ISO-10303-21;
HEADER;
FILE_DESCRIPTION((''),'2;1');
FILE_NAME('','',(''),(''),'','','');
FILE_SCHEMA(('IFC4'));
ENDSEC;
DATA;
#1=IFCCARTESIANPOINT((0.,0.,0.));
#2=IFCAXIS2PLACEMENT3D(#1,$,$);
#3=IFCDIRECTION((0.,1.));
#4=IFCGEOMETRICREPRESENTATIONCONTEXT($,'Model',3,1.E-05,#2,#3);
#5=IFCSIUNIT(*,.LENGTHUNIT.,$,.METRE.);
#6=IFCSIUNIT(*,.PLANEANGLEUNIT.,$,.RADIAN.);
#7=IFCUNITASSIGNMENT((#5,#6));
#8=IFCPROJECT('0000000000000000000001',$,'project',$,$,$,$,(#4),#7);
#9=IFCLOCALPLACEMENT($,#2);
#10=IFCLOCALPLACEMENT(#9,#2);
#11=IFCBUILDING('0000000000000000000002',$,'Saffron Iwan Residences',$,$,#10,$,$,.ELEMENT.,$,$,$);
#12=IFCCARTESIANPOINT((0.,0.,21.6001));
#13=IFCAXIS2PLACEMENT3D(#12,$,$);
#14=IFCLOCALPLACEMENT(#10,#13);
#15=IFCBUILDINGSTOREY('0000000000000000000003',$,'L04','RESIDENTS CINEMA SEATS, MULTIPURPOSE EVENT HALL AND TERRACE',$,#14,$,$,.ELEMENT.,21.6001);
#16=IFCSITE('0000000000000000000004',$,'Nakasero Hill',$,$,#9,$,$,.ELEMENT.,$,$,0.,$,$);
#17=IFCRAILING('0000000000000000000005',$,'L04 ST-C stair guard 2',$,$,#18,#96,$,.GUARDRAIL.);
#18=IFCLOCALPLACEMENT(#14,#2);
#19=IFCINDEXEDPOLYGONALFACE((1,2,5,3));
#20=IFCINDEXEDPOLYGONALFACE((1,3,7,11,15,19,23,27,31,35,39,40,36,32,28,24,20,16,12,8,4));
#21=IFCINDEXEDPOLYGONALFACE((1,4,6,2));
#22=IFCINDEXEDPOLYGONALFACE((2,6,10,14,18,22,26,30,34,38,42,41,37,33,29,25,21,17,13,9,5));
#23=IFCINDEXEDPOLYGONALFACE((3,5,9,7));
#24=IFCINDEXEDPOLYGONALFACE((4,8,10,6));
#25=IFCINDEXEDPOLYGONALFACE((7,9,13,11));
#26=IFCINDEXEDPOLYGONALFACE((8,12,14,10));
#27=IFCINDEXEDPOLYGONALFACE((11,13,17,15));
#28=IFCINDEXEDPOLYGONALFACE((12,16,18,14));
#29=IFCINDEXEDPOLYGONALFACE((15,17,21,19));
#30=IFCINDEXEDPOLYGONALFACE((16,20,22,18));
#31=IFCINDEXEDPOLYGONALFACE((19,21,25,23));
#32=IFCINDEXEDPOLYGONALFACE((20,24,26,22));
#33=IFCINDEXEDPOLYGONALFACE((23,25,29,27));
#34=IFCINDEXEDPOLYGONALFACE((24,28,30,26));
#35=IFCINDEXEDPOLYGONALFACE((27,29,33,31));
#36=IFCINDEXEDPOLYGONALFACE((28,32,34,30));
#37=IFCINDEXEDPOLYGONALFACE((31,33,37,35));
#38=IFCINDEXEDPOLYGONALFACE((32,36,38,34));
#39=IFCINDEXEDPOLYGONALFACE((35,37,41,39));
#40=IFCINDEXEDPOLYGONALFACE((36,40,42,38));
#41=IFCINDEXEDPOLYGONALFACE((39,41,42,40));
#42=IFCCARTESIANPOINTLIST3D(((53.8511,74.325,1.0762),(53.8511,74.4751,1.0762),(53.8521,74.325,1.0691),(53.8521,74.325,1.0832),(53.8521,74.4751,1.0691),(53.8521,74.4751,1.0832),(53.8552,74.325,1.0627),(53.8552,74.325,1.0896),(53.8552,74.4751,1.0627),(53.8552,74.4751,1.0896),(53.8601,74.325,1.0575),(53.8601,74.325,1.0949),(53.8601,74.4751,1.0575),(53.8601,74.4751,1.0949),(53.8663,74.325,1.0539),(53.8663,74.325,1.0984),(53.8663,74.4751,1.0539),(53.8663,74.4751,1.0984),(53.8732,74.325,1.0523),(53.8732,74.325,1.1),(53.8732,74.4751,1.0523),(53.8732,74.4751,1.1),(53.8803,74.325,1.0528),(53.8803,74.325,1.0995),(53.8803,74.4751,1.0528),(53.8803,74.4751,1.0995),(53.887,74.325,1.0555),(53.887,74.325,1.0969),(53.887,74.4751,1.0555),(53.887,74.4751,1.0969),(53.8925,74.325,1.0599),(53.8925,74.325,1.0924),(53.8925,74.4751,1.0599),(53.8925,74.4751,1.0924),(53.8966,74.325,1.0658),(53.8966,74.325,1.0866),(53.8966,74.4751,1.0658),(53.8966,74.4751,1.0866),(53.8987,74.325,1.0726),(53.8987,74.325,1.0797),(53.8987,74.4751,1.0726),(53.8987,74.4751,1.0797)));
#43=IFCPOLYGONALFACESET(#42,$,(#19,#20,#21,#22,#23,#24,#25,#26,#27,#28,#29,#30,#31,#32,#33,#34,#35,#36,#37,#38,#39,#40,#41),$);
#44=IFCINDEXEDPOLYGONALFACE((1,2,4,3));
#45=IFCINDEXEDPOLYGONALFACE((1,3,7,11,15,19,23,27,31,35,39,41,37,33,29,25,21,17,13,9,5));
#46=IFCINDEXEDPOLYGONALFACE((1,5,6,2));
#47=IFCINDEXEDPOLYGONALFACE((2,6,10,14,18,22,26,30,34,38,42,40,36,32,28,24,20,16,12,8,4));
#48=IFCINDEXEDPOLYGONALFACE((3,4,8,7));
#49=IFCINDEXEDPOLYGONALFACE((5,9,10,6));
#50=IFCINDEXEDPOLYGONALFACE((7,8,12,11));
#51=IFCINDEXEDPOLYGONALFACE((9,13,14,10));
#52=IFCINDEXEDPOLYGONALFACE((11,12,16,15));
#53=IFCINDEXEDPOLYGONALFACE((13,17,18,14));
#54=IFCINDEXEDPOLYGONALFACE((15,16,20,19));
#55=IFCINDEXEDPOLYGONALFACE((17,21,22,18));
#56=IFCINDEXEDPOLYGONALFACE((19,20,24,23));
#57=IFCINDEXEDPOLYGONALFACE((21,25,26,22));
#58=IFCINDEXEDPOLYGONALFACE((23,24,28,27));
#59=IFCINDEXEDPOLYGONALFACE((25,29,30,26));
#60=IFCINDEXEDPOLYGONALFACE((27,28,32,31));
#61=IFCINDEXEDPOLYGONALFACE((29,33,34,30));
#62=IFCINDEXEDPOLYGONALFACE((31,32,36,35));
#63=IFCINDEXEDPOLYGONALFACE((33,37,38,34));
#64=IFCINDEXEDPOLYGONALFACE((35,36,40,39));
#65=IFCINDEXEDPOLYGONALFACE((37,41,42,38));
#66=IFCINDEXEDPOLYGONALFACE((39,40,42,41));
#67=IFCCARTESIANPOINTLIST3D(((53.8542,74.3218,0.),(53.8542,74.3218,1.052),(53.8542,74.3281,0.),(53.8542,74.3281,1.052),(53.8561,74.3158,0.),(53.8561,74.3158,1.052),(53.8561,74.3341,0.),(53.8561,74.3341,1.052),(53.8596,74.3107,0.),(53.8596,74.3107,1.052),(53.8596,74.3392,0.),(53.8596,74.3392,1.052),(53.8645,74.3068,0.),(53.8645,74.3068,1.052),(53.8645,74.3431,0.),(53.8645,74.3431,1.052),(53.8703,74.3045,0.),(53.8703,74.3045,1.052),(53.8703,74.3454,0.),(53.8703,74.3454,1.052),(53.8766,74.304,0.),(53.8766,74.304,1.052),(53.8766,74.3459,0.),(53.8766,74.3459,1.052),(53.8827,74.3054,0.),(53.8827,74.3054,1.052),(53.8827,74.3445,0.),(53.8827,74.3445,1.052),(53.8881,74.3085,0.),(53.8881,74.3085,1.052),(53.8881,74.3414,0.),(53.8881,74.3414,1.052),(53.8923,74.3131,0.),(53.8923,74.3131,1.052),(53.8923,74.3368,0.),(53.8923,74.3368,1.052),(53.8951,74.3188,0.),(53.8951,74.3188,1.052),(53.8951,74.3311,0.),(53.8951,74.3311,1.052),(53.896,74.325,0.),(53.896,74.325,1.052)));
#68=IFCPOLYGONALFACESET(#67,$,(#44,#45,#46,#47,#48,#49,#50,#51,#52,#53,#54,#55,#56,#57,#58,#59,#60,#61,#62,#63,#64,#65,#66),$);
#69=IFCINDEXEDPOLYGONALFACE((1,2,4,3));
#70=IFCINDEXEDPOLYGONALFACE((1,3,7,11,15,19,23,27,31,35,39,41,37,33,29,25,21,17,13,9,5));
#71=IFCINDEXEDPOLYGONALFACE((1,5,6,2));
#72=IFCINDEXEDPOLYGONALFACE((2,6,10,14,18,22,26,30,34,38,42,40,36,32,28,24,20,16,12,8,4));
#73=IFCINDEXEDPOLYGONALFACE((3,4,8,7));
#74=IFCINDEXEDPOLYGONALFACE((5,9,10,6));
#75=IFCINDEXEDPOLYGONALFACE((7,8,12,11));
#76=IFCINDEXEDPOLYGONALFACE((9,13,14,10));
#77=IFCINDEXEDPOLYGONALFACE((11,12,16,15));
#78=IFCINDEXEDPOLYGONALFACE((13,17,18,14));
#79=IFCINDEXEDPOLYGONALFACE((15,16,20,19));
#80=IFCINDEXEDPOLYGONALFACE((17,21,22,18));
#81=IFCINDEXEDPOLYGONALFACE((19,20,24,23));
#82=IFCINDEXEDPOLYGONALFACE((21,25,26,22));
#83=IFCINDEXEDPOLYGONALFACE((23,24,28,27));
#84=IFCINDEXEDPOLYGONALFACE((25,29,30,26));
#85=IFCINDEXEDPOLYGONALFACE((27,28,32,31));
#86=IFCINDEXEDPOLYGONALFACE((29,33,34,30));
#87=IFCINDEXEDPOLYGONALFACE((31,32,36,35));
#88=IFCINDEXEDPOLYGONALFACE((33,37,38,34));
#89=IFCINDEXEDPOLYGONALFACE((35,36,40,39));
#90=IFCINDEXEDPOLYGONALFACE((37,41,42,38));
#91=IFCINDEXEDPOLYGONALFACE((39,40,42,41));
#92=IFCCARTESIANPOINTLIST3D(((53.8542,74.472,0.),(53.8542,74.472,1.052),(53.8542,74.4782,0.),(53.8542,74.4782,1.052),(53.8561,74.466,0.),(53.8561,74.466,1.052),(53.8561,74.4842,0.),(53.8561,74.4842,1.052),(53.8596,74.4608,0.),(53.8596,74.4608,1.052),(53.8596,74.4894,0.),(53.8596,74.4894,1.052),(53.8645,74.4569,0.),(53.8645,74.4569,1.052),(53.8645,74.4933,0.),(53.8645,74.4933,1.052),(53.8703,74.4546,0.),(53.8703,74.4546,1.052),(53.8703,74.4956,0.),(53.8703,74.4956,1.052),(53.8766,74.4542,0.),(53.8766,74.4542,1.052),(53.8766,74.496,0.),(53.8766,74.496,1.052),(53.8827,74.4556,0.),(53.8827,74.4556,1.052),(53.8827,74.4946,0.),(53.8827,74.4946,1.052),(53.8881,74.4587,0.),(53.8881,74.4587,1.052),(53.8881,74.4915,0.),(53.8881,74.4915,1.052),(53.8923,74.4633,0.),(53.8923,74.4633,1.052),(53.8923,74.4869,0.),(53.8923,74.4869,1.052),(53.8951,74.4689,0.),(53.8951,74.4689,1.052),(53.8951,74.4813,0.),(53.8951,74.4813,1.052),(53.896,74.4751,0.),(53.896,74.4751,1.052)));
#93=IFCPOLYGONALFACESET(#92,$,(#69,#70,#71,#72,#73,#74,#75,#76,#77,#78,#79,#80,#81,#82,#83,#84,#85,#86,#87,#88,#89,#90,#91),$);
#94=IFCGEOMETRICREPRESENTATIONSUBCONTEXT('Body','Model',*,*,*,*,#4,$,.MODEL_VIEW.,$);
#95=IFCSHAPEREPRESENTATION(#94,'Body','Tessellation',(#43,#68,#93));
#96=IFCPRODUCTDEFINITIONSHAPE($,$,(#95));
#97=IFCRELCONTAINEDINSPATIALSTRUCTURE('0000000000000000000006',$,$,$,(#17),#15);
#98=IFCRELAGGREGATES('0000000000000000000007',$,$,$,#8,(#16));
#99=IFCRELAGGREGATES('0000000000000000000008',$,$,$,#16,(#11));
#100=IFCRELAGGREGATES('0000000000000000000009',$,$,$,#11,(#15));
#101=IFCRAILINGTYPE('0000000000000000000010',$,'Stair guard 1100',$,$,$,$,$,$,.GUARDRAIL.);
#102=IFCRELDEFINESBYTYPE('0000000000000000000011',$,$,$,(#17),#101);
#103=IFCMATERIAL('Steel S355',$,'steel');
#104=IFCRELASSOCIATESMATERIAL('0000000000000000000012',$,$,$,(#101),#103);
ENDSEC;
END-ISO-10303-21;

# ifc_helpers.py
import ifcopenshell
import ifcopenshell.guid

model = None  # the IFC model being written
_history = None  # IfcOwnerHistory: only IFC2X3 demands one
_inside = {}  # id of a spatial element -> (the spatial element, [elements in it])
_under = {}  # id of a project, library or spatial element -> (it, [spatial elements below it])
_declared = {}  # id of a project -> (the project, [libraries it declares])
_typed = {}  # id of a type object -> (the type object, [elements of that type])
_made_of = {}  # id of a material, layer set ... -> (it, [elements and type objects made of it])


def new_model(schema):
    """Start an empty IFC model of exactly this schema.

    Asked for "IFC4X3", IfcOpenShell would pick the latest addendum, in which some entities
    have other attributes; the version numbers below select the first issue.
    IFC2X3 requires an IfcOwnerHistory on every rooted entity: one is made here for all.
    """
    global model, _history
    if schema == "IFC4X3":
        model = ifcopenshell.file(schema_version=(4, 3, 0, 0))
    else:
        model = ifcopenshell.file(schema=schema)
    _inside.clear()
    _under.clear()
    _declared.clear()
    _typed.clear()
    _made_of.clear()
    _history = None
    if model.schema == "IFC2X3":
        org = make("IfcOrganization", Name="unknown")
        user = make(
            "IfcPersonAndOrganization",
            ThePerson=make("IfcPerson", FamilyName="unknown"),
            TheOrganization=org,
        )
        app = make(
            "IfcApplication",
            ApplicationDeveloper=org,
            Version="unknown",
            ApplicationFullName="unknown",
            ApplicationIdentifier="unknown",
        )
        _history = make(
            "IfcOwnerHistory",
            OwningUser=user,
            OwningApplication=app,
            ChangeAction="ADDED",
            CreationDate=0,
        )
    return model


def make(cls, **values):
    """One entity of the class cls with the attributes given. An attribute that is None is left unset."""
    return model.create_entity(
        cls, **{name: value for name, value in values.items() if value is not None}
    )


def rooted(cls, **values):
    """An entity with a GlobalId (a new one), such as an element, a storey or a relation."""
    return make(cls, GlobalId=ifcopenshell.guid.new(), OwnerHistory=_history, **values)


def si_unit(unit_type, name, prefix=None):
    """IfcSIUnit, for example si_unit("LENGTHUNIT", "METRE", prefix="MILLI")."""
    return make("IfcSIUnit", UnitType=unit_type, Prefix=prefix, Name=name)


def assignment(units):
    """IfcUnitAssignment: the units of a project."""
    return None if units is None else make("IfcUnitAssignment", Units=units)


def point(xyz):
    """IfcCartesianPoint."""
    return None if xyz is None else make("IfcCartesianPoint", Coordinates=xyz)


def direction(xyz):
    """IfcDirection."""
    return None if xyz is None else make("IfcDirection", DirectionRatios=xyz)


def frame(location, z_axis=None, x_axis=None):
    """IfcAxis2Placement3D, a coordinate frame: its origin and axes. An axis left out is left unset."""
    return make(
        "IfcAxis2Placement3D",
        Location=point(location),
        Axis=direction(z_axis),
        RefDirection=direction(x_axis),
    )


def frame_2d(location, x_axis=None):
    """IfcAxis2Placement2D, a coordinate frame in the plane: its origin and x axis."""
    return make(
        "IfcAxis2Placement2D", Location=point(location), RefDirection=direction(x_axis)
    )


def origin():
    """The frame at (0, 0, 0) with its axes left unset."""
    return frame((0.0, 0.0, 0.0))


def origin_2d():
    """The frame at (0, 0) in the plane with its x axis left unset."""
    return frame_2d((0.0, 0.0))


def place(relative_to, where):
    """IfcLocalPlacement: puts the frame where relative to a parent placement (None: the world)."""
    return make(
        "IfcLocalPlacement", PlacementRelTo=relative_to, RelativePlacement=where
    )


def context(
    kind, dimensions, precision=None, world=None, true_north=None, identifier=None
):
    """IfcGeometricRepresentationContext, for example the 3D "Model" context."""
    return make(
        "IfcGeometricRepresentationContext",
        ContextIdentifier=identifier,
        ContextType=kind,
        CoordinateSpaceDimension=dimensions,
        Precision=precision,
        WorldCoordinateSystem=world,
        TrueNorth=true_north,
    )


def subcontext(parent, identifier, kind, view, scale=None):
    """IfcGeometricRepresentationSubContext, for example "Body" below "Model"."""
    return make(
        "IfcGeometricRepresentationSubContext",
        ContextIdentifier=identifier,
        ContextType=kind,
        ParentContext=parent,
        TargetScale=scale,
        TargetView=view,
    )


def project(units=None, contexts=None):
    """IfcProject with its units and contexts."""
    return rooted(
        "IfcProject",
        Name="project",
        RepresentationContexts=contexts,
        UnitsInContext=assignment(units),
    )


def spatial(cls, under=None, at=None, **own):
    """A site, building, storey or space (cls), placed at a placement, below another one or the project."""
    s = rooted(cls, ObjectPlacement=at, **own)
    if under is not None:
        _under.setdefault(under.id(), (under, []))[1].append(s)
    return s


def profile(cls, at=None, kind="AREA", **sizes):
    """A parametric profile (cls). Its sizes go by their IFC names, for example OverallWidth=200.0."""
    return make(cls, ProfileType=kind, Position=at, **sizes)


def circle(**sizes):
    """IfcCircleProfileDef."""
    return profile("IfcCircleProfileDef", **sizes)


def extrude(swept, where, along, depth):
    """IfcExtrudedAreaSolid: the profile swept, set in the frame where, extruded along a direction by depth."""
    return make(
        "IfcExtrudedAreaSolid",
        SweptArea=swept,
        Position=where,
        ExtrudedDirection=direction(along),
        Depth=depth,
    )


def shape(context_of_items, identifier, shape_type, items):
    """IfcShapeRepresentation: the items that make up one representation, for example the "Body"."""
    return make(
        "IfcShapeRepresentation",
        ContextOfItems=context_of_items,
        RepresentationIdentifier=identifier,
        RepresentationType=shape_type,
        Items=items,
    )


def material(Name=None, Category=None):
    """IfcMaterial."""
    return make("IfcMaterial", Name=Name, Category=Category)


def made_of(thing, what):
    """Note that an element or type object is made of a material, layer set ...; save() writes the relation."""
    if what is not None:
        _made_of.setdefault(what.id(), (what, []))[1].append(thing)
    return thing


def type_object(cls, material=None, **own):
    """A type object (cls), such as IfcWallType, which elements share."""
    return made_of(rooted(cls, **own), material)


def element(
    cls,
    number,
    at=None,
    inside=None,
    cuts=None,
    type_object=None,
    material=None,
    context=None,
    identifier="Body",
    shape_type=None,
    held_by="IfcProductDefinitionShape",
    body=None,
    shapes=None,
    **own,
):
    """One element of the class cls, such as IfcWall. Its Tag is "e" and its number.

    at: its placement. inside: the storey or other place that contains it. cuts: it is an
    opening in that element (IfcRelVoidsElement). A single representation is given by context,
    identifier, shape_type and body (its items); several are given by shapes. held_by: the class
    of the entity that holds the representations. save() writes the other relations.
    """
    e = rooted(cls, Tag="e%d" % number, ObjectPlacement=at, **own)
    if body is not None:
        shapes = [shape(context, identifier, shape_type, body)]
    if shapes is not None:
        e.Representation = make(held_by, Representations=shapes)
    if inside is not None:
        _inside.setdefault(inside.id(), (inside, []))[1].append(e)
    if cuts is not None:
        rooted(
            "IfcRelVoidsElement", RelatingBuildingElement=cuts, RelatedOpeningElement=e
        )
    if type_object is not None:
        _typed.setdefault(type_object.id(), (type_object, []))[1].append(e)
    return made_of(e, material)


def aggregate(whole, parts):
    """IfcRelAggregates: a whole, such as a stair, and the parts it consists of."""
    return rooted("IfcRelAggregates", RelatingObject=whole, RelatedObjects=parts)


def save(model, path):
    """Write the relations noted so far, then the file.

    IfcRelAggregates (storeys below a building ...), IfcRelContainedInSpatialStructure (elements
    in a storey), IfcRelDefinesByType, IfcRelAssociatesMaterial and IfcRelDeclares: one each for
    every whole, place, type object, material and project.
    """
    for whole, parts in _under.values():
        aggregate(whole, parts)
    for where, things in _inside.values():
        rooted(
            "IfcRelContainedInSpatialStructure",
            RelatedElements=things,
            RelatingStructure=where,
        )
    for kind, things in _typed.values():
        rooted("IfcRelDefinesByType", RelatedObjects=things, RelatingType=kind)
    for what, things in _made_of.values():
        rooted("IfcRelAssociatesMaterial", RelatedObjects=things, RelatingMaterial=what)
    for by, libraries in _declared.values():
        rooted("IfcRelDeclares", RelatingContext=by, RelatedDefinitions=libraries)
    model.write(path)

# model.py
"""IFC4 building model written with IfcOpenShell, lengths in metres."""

from ifc_helpers import new_model, si_unit, direction, frame, origin, origin_2d, place, context, subcontext, project, spatial, circle, extrude, material, type_object, element, save


model = new_model("IFC4")

# Units and contexts
model_context = context("Model", 3, precision=1e-05, world=origin(), true_north=direction((0.0, 1.0)))
body_context = subcontext(model_context, "Body", "Model", "MODEL_VIEW")
ifc_project = project(units=[si_unit("LENGTHUNIT", "METRE"), si_unit("PLANEANGLEUNIT", "RADIAN")], contexts=[model_context])

# Site, building, storey
site_placement = place(None, origin())
site = spatial("IfcSite", under=ifc_project, at=site_placement, Name="Nakasero Hill", CompositionType="ELEMENT", RefElevation=0.0)
building_placement = place(site_placement, origin())
building = spatial("IfcBuilding", under=site, at=building_placement, Name="Saffron Iwan Residences", CompositionType="ELEMENT")
storey_placement = place(building_placement, frame((0.0, 0.0, 21.6001)))
storey = spatial("IfcBuildingStorey", under=building, at=storey_placement, Name="L04", Description="RESIDENTS CINEMA SEATS, MULTIPURPOSE EVENT HALL AND TERRACE", CompositionType="ELEMENT", Elevation=21.6001)

# Railing
ifc_material_1 = material(Name="Steel S355", Category="steel")
railing_type_1 = type_object("IfcRailingType", Name="Stair guard 1100", PredefinedType="GUARDRAIL", material=ifc_material_1)
railing_1_placement = place(storey_placement, frame((53.875, 74.325, 0.0)))
element("IfcRailing", 1, at=railing_1_placement, inside=storey, type_object=railing_type_1, Name="L04 ST-C stair guard 2", PredefinedType="GUARDRAIL", context=body_context, shape_type="SweptSolid", body=[
    extrude(circle(Radius=0.0239, at=origin_2d()), frame((0.0, 0.0, 1.0762), z_axis=(0.0, 1.0, 0.0), x_axis=(-1.0, 0.0, 0.0)), (0.0, 0.0, 1.0), 0.1501),
    extrude(circle(Radius=0.021, at=origin_2d()), origin(), (0.0, 0.0, 1.0), 1.052),
    extrude(circle(Radius=0.021, at=origin_2d()), frame((0.0, 0.1501, 0.0)), (0.0, 0.0, 1.0), 1.052),
])

save(model, "model.ifc")
